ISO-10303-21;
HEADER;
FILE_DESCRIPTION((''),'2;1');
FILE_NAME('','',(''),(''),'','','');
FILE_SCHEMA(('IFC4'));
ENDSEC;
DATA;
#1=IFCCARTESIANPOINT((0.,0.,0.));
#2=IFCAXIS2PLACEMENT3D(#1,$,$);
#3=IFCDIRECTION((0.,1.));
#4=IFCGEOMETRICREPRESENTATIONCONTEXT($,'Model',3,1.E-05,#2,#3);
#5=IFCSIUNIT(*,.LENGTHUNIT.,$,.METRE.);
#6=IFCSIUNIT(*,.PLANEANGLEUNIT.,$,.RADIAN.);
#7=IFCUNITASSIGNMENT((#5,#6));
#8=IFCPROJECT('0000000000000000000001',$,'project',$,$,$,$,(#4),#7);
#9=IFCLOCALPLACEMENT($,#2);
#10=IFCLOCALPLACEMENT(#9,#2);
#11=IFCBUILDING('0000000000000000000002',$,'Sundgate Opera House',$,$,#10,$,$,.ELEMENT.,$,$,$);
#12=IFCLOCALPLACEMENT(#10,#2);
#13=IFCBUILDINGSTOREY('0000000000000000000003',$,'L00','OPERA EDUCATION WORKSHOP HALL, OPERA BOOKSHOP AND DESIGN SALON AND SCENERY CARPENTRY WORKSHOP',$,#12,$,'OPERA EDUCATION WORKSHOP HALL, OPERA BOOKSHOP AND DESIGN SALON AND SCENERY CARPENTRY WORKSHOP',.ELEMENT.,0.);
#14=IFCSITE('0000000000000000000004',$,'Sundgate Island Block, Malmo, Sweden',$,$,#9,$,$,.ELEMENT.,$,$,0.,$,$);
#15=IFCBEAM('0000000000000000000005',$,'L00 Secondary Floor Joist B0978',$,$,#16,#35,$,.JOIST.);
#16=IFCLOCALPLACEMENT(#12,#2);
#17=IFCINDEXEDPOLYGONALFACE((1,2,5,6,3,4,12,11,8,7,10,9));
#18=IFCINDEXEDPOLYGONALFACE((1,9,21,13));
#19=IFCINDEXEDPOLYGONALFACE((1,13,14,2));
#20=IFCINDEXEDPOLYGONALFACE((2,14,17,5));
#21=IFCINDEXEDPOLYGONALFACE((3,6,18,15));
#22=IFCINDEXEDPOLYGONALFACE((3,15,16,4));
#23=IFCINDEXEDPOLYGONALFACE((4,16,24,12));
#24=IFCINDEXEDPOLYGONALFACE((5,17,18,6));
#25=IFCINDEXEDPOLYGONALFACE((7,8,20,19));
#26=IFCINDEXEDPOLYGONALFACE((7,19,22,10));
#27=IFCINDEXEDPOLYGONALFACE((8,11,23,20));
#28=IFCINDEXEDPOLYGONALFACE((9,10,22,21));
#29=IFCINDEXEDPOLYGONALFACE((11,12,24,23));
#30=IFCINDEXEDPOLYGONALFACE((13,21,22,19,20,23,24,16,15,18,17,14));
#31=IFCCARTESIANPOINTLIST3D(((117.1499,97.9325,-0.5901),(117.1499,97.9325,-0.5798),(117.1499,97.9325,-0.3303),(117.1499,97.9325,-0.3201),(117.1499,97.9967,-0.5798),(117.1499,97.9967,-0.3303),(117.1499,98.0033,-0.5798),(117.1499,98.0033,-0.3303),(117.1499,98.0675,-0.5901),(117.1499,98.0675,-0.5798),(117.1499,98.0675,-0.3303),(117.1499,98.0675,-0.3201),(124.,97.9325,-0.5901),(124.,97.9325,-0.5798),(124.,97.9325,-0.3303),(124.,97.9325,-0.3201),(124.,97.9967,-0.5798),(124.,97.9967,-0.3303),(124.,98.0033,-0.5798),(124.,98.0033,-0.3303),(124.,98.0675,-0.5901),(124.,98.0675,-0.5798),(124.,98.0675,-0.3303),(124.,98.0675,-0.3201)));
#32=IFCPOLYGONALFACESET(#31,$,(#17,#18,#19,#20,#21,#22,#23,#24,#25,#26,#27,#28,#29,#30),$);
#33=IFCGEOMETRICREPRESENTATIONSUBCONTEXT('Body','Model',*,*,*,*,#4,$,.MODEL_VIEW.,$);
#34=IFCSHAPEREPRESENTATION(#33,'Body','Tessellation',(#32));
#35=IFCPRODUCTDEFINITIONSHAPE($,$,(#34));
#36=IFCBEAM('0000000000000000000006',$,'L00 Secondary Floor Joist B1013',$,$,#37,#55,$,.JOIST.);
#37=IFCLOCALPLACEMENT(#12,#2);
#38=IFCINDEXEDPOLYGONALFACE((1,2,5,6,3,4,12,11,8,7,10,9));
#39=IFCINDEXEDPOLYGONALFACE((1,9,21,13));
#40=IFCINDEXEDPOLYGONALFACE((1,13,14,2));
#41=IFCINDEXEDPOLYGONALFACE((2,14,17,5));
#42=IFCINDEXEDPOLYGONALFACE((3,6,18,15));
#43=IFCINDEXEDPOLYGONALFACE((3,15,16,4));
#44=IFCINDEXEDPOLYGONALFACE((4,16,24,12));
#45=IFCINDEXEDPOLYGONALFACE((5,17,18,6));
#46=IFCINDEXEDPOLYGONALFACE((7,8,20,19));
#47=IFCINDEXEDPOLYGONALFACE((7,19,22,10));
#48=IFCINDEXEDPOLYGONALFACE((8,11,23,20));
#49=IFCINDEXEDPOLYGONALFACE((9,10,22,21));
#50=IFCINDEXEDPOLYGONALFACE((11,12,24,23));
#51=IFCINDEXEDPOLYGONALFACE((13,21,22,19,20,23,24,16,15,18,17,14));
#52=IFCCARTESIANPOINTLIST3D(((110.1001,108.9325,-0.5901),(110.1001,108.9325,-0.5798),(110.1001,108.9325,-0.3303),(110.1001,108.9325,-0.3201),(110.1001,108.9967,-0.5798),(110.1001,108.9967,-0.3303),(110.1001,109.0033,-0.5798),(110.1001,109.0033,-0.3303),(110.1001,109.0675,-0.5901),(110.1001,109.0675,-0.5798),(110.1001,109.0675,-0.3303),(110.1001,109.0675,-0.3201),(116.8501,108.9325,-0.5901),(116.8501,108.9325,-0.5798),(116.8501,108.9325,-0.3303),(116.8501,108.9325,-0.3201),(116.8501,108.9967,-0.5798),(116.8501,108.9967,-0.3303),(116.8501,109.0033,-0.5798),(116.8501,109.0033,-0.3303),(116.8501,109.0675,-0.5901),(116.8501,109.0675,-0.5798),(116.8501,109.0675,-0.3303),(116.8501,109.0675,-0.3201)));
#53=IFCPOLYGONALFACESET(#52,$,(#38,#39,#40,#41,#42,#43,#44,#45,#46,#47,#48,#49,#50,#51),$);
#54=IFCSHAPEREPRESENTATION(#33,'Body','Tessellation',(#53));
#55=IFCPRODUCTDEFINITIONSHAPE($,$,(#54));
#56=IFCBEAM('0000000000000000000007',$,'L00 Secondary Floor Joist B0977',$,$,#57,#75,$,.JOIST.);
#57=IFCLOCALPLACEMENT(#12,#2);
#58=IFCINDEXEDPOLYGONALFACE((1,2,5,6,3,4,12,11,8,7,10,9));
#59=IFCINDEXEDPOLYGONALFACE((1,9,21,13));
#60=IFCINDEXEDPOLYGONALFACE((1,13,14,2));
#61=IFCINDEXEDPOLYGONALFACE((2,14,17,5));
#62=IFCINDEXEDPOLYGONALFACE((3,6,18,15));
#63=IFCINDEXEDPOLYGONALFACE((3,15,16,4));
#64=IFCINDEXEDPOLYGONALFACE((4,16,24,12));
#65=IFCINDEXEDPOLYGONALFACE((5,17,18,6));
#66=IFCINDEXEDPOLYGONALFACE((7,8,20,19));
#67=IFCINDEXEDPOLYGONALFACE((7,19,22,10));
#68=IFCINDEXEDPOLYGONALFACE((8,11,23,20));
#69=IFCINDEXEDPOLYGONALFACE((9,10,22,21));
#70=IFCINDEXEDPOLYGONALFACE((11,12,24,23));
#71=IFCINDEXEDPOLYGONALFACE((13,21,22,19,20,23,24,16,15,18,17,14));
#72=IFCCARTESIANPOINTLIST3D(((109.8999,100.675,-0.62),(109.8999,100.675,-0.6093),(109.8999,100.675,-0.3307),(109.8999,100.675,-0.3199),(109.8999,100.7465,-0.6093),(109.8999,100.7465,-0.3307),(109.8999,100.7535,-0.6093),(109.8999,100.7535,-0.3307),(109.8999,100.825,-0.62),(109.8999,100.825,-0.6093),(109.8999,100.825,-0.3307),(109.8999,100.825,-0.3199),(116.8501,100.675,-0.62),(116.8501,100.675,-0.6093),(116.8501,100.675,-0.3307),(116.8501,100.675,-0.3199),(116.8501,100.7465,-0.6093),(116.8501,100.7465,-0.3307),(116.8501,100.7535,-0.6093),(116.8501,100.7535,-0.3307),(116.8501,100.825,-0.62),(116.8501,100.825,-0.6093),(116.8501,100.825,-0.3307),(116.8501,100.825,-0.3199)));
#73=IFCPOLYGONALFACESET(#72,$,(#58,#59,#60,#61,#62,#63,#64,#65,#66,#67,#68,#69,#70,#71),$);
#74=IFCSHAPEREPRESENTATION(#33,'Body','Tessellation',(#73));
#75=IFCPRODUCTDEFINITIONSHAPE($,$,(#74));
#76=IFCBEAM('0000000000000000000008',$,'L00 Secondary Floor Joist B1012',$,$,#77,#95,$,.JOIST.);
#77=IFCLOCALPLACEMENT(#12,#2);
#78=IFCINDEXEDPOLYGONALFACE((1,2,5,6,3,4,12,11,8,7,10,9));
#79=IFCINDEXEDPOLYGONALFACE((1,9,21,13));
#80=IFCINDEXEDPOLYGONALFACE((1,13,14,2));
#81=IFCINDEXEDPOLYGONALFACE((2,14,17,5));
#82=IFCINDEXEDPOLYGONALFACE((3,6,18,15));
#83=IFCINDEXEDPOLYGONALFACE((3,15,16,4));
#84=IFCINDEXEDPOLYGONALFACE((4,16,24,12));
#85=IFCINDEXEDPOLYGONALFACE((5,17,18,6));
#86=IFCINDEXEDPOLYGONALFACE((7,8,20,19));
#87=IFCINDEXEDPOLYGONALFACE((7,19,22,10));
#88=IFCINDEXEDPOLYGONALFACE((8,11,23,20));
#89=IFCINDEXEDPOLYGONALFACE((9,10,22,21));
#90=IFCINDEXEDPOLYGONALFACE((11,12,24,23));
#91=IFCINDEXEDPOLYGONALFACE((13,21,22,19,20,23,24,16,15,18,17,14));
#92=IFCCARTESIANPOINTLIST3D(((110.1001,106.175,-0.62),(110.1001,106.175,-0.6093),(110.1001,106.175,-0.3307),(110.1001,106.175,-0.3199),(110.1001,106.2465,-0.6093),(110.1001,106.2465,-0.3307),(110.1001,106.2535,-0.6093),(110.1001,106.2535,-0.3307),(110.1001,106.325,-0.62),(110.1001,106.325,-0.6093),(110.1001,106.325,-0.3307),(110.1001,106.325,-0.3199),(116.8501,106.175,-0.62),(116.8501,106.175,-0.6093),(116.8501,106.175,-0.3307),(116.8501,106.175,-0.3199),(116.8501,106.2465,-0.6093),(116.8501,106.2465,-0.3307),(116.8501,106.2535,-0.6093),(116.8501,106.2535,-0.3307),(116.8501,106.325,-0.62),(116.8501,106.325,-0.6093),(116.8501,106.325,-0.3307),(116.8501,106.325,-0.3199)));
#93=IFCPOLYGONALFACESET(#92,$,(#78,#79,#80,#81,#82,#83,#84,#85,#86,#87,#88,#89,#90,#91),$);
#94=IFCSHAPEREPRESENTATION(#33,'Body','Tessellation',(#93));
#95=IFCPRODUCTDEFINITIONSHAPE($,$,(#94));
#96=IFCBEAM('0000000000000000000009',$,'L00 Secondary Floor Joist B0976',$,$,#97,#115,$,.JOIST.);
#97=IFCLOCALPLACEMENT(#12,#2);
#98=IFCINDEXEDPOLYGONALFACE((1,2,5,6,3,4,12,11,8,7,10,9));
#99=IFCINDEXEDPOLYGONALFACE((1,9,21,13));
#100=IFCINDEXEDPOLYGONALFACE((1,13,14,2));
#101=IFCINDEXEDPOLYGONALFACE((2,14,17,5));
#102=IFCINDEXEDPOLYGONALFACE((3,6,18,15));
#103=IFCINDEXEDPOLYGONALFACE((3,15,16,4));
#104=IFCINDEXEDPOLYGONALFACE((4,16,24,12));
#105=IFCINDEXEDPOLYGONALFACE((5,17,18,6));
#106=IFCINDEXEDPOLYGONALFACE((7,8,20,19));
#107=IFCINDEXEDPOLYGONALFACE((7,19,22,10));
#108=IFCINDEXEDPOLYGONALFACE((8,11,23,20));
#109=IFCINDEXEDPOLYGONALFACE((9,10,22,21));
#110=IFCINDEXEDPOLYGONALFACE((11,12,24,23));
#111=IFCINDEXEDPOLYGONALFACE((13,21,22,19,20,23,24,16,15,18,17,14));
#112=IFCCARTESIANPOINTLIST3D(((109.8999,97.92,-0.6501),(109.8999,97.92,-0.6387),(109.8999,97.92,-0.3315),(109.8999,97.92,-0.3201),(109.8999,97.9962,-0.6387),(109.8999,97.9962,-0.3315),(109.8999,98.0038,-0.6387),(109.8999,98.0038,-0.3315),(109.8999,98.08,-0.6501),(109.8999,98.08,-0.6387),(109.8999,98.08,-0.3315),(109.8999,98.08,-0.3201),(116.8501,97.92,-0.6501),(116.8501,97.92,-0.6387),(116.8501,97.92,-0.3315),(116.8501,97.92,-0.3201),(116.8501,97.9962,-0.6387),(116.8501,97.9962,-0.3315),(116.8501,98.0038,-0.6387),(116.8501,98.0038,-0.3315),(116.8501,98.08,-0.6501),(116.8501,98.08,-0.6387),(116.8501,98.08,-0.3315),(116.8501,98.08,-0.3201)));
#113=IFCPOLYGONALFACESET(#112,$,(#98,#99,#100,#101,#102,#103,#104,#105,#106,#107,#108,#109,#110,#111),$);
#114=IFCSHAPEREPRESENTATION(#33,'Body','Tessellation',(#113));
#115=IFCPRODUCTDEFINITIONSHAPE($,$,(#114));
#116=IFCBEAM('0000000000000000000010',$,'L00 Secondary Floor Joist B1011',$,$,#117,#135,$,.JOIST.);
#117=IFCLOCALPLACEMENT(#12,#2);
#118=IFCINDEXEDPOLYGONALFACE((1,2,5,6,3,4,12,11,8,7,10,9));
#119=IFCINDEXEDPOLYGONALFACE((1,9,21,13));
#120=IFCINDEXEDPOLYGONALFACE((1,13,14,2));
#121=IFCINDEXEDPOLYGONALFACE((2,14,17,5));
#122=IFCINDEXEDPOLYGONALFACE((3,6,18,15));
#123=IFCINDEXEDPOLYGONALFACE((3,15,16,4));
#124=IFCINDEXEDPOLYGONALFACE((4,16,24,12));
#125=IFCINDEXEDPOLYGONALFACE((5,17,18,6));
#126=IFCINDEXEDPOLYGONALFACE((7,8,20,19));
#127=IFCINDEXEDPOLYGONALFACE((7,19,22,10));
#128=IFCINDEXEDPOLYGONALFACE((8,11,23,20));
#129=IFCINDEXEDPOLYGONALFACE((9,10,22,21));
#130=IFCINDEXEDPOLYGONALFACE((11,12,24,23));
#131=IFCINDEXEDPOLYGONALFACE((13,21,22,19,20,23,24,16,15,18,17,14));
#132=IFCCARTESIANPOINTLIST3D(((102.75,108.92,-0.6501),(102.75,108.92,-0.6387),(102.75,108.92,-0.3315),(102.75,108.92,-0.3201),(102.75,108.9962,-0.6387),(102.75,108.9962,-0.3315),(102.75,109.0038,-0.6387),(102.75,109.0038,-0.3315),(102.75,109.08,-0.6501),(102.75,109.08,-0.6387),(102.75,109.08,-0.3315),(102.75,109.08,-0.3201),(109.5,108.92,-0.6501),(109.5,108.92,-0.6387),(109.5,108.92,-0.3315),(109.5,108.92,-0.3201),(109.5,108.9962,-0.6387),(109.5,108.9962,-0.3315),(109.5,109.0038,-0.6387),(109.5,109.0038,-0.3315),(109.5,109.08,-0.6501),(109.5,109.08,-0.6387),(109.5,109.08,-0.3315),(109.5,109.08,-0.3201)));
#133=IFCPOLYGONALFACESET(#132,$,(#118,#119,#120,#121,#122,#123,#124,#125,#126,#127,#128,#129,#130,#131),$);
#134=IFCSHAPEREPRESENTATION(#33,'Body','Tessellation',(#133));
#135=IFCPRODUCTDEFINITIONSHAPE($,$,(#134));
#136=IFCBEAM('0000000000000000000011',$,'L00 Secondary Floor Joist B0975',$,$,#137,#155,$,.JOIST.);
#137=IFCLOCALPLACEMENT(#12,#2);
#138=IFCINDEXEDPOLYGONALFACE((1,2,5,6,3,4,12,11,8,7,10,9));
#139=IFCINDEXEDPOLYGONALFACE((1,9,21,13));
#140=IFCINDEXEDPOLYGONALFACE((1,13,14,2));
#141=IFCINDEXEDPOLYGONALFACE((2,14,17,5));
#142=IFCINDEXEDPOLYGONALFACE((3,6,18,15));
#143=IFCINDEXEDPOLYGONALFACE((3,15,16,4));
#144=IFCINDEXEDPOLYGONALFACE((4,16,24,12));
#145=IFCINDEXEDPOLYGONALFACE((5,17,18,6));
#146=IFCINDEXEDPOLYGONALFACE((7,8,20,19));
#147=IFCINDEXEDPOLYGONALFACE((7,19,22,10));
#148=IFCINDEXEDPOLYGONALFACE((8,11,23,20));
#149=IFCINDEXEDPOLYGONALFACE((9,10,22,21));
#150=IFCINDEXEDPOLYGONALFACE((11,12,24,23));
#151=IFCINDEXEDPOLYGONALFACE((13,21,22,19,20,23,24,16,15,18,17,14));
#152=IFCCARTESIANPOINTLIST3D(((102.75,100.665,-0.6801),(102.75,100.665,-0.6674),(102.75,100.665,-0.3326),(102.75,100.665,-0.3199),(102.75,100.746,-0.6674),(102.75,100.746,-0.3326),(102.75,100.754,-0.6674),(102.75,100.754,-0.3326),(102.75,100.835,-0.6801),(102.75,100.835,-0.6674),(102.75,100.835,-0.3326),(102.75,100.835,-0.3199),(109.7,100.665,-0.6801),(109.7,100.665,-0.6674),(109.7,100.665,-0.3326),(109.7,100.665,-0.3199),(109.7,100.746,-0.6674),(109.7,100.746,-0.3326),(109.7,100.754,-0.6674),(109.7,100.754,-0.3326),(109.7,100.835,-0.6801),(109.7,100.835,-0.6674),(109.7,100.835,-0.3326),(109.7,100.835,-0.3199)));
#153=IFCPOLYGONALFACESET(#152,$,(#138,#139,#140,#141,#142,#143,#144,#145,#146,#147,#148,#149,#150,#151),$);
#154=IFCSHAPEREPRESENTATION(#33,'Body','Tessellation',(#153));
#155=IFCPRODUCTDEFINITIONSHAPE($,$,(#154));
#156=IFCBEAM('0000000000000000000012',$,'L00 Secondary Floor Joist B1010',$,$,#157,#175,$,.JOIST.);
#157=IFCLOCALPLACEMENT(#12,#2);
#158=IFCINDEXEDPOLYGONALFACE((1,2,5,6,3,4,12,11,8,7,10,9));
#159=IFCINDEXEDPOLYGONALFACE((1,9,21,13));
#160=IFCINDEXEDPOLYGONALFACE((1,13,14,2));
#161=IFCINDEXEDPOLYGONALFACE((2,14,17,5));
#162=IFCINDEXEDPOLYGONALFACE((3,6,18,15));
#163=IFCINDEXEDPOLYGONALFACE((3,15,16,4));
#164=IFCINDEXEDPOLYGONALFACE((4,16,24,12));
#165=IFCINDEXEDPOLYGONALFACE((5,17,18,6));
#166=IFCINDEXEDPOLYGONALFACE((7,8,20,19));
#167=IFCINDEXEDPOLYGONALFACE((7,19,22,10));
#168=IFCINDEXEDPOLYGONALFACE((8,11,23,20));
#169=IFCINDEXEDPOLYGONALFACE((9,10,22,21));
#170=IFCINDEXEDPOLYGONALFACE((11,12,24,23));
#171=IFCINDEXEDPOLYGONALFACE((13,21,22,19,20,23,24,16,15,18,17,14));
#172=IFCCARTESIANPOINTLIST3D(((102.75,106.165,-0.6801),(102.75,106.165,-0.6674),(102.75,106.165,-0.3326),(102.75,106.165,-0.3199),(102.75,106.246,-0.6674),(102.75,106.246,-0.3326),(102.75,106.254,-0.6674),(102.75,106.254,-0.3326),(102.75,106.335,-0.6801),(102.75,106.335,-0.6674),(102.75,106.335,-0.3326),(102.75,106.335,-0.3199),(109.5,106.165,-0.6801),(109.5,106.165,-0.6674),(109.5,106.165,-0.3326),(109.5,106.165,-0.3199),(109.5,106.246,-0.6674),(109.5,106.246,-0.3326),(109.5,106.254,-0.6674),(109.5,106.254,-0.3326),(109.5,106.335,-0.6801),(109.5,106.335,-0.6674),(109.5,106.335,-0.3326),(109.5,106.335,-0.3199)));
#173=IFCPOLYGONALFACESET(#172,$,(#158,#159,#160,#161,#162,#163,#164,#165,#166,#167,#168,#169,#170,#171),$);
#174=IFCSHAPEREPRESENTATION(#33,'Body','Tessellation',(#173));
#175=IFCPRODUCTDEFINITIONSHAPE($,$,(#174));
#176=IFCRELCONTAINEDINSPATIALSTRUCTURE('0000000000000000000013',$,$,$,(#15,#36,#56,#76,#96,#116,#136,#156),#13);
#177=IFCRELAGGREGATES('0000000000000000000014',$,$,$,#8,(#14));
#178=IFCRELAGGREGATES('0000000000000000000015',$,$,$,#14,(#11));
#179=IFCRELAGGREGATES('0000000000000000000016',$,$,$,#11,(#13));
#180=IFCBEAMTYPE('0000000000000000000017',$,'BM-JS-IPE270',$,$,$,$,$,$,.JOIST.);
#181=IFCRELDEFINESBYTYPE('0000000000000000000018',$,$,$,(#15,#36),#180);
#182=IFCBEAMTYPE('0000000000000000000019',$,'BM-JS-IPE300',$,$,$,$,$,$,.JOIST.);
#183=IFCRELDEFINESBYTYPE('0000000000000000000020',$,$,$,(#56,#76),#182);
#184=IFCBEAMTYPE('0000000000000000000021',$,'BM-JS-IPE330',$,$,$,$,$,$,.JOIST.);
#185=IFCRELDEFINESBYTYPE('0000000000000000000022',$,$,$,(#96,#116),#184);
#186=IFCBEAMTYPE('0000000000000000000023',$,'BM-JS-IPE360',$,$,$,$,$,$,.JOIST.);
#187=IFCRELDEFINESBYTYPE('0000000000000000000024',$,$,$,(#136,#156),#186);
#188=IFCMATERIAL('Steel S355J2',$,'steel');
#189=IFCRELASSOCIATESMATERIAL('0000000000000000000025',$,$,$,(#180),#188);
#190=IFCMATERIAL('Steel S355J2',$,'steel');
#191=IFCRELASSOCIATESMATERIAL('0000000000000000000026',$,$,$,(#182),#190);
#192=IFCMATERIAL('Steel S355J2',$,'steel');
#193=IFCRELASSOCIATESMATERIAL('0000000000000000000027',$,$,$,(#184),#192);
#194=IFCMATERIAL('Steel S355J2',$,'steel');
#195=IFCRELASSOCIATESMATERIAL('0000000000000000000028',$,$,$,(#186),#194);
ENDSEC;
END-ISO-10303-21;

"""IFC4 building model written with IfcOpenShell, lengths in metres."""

from ifc_helpers import new_model, si_unit, direction, frame, origin, origin_2d, place, context, subcontext, project, spatial, i_section, extrude, material, material_profile, profile_set, type_object, element, save


model = new_model("IFC4")

# Units and contexts
model_context = context("Model", 3, precision=1e-05, world=origin(), true_north=direction((0.0, 1.0)))
body_context = subcontext(model_context, "Body", "Model", "MODEL_VIEW")
ifc_project = project(units=[si_unit("LENGTHUNIT", "METRE"), si_unit("PLANEANGLEUNIT", "RADIAN")], contexts=[model_context])

# Site, building, storey
site_placement = place(None, origin())
site = spatial("IfcSite", under=ifc_project, at=site_placement, Name="Sundgate Island Block, Malmo, Sweden", CompositionType="ELEMENT", RefElevation=0.0)
building_placement = place(site_placement, origin())
building = spatial("IfcBuilding", under=site, at=building_placement, Name="Sundgate Opera House", CompositionType="ELEMENT")
storey_placement = place(building_placement, origin())
storey = spatial("IfcBuildingStorey", under=building, at=storey_placement, Name="L00", Description="OPERA EDUCATION WORKSHOP HALL, OPERA BOOKSHOP AND DESIGN SALON AND SCENERY CARPENTRY WORKSHOP", LongName="OPERA EDUCATION WORKSHOP HALL, OPERA BOOKSHOP AND DESIGN SALON AND SCENERY CARPENTRY WORKSHOP", CompositionType="ELEMENT", Elevation=0.0)

# Beams
ifc_material_1 = material(Name="Steel S355J2", Category="steel")
ifc_material_profile_1 = material_profile(ifc_material_1, i_section(OverallWidth=0.135, OverallDepth=0.27, WebThickness=0.0066, FlangeThickness=0.0103, at=origin_2d()), Name="IPE 270")
ifc_profile_set_1 = profile_set([ifc_material_profile_1], Name="Steel S355J2")
beam_type_1 = type_object("IfcBeamType", Name="BM-JS-IPE270", PredefinedType="JOIST", material=ifc_profile_set_1)
beam_1_placement = place(storey_placement, frame((117.1499, 98.0, -0.4551), z_axis=(1.0, 0.0, 0.0), x_axis=(0.0, 1.0, 0.0)))
element("IfcBeam", 1, at=beam_1_placement, inside=storey, type_object=beam_type_1, Name="L00 Secondary Floor Joist B0978", PredefinedType="JOIST", context=body_context, shape_type="SweptSolid", body=[
    extrude(i_section(OverallWidth=0.135, OverallDepth=0.27, WebThickness=0.0066, FlangeThickness=0.0103, at=origin_2d()), origin(), (0.0, 0.0, 1.0), 6.8501),
])
beam_2_placement = place(storey_placement, frame((110.1001, 109.0, -0.4551), z_axis=(1.0, 0.0, 0.0), x_axis=(0.0, 1.0, 0.0)))
element("IfcBeam", 2, at=beam_2_placement, inside=storey, type_object=beam_type_1, Name="L00 Secondary Floor Joist B1013", PredefinedType="JOIST", context=body_context, shape_type="SweptSolid", body=[
    extrude(i_section(OverallWidth=0.135, OverallDepth=0.27, WebThickness=0.0066, FlangeThickness=0.0103, at=origin_2d()), origin(), (0.0, 0.0, 1.0), 6.75),
])
ifc_material_2 = material(Name="Steel S355J2", Category="steel")
ifc_material_profile_2 = material_profile(ifc_material_2, i_section(OverallWidth=0.1499, OverallDepth=0.3, WebThickness=0.0071, FlangeThickness=0.0107, at=origin_2d()), Name="IPE 300")
ifc_profile_set_2 = profile_set([ifc_material_profile_2], Name="Steel S355J2")
beam_type_2 = type_object("IfcBeamType", Name="BM-JS-IPE300", PredefinedType="JOIST", material=ifc_profile_set_2)
beam_3_placement = place(storey_placement, frame((109.8999, 100.75, -0.47), z_axis=(1.0, 0.0, 0.0), x_axis=(0.0, 1.0, 0.0)))
element("IfcBeam", 3, at=beam_3_placement, inside=storey, type_object=beam_type_2, Name="L00 Secondary Floor Joist B0977", PredefinedType="JOIST", context=body_context, shape_type="SweptSolid", body=[
    extrude(i_section(OverallWidth=0.1499, OverallDepth=0.3, WebThickness=0.0071, FlangeThickness=0.0107, at=origin_2d()), origin(), (0.0, 0.0, 1.0), 6.9502),
])
beam_4_placement = place(storey_placement, frame((110.1001, 106.25, -0.47), z_axis=(1.0, 0.0, 0.0), x_axis=(0.0, 1.0, 0.0)))
element("IfcBeam", 4, at=beam_4_placement, inside=storey, type_object=beam_type_2, Name="L00 Secondary Floor Joist B1012", PredefinedType="JOIST", context=body_context, shape_type="SweptSolid", body=[
    extrude(i_section(OverallWidth=0.1499, OverallDepth=0.3, WebThickness=0.0071, FlangeThickness=0.0107, at=origin_2d()), origin(), (0.0, 0.0, 1.0), 6.75),
])
ifc_material_3 = material(Name="Steel S355J2", Category="steel")
ifc_material_profile_3 = material_profile(ifc_material_3, i_section(OverallWidth=0.1599, OverallDepth=0.3301, WebThickness=0.0076, FlangeThickness=0.0115, at=origin_2d()), Name="IPE 330")
ifc_profile_set_3 = profile_set([ifc_material_profile_3], Name="Steel S355J2")
beam_type_3 = type_object("IfcBeamType", Name="BM-JS-IPE330", PredefinedType="JOIST", material=ifc_profile_set_3)
beam_5_placement = place(storey_placement, frame((109.8999, 98.0, -0.4851), z_axis=(1.0, 0.0, 0.0), x_axis=(0.0, 1.0, 0.0)))
element("IfcBeam", 5, at=beam_5_placement, inside=storey, type_object=beam_type_3, Name="L00 Secondary Floor Joist B0976", PredefinedType="JOIST", context=body_context, shape_type="SweptSolid", body=[
    extrude(i_section(OverallWidth=0.1599, OverallDepth=0.3301, WebThickness=0.0076, FlangeThickness=0.0115, at=origin_2d()), origin(), (0.0, 0.0, 1.0), 6.9502),
])
beam_6_placement = place(storey_placement, frame((102.75, 109.0, -0.4851), z_axis=(1.0, 0.0, 0.0), x_axis=(0.0, 1.0, 0.0)))
element("IfcBeam", 6, at=beam_6_placement, inside=storey, type_object=beam_type_3, Name="L00 Secondary Floor Joist B1011", PredefinedType="JOIST", context=body_context, shape_type="SweptSolid", body=[
    extrude(i_section(OverallWidth=0.1599, OverallDepth=0.3301, WebThickness=0.0076, FlangeThickness=0.0115, at=origin_2d()), origin(), (0.0, 0.0, 1.0), 6.75),
])
ifc_material_4 = material(Name="Steel S355J2", Category="steel")
ifc_material_profile_4 = material_profile(ifc_material_4, i_section(OverallWidth=0.1699, OverallDepth=0.3601, WebThickness=0.0081, FlangeThickness=0.0127, at=origin_2d()), Name="IPE 360")
ifc_profile_set_4 = profile_set([ifc_material_profile_4], Name="Steel S355J2")
beam_type_4 = type_object("IfcBeamType", Name="BM-JS-IPE360", PredefinedType="JOIST", material=ifc_profile_set_4)
beam_7_placement = place(storey_placement, frame((102.75, 100.75, -0.5), z_axis=(1.0, 0.0, 0.0), x_axis=(0.0, 1.0, 0.0)))
element("IfcBeam", 7, at=beam_7_placement, inside=storey, type_object=beam_type_4, Name="L00 Secondary Floor Joist B0975", PredefinedType="JOIST", context=body_context, shape_type="SweptSolid", body=[
    extrude(i_section(OverallWidth=0.1699, OverallDepth=0.3601, WebThickness=0.0081, FlangeThickness=0.0127, at=origin_2d()), origin(), (0.0, 0.0, 1.0), 6.95),
])
beam_8_placement = place(storey_placement, frame((102.75, 106.25, -0.5), z_axis=(1.0, 0.0, 0.0), x_axis=(0.0, 1.0, 0.0)))
element("IfcBeam", 8, at=beam_8_placement, inside=storey, type_object=beam_type_4, Name="L00 Secondary Floor Joist B1010", PredefinedType="JOIST", context=body_context, shape_type="SweptSolid", body=[
    extrude(i_section(OverallWidth=0.1699, OverallDepth=0.3601, WebThickness=0.0081, FlangeThickness=0.0127, at=origin_2d()), origin(), (0.0, 0.0, 1.0), 6.75),
])

save(model, "model.ifc")
